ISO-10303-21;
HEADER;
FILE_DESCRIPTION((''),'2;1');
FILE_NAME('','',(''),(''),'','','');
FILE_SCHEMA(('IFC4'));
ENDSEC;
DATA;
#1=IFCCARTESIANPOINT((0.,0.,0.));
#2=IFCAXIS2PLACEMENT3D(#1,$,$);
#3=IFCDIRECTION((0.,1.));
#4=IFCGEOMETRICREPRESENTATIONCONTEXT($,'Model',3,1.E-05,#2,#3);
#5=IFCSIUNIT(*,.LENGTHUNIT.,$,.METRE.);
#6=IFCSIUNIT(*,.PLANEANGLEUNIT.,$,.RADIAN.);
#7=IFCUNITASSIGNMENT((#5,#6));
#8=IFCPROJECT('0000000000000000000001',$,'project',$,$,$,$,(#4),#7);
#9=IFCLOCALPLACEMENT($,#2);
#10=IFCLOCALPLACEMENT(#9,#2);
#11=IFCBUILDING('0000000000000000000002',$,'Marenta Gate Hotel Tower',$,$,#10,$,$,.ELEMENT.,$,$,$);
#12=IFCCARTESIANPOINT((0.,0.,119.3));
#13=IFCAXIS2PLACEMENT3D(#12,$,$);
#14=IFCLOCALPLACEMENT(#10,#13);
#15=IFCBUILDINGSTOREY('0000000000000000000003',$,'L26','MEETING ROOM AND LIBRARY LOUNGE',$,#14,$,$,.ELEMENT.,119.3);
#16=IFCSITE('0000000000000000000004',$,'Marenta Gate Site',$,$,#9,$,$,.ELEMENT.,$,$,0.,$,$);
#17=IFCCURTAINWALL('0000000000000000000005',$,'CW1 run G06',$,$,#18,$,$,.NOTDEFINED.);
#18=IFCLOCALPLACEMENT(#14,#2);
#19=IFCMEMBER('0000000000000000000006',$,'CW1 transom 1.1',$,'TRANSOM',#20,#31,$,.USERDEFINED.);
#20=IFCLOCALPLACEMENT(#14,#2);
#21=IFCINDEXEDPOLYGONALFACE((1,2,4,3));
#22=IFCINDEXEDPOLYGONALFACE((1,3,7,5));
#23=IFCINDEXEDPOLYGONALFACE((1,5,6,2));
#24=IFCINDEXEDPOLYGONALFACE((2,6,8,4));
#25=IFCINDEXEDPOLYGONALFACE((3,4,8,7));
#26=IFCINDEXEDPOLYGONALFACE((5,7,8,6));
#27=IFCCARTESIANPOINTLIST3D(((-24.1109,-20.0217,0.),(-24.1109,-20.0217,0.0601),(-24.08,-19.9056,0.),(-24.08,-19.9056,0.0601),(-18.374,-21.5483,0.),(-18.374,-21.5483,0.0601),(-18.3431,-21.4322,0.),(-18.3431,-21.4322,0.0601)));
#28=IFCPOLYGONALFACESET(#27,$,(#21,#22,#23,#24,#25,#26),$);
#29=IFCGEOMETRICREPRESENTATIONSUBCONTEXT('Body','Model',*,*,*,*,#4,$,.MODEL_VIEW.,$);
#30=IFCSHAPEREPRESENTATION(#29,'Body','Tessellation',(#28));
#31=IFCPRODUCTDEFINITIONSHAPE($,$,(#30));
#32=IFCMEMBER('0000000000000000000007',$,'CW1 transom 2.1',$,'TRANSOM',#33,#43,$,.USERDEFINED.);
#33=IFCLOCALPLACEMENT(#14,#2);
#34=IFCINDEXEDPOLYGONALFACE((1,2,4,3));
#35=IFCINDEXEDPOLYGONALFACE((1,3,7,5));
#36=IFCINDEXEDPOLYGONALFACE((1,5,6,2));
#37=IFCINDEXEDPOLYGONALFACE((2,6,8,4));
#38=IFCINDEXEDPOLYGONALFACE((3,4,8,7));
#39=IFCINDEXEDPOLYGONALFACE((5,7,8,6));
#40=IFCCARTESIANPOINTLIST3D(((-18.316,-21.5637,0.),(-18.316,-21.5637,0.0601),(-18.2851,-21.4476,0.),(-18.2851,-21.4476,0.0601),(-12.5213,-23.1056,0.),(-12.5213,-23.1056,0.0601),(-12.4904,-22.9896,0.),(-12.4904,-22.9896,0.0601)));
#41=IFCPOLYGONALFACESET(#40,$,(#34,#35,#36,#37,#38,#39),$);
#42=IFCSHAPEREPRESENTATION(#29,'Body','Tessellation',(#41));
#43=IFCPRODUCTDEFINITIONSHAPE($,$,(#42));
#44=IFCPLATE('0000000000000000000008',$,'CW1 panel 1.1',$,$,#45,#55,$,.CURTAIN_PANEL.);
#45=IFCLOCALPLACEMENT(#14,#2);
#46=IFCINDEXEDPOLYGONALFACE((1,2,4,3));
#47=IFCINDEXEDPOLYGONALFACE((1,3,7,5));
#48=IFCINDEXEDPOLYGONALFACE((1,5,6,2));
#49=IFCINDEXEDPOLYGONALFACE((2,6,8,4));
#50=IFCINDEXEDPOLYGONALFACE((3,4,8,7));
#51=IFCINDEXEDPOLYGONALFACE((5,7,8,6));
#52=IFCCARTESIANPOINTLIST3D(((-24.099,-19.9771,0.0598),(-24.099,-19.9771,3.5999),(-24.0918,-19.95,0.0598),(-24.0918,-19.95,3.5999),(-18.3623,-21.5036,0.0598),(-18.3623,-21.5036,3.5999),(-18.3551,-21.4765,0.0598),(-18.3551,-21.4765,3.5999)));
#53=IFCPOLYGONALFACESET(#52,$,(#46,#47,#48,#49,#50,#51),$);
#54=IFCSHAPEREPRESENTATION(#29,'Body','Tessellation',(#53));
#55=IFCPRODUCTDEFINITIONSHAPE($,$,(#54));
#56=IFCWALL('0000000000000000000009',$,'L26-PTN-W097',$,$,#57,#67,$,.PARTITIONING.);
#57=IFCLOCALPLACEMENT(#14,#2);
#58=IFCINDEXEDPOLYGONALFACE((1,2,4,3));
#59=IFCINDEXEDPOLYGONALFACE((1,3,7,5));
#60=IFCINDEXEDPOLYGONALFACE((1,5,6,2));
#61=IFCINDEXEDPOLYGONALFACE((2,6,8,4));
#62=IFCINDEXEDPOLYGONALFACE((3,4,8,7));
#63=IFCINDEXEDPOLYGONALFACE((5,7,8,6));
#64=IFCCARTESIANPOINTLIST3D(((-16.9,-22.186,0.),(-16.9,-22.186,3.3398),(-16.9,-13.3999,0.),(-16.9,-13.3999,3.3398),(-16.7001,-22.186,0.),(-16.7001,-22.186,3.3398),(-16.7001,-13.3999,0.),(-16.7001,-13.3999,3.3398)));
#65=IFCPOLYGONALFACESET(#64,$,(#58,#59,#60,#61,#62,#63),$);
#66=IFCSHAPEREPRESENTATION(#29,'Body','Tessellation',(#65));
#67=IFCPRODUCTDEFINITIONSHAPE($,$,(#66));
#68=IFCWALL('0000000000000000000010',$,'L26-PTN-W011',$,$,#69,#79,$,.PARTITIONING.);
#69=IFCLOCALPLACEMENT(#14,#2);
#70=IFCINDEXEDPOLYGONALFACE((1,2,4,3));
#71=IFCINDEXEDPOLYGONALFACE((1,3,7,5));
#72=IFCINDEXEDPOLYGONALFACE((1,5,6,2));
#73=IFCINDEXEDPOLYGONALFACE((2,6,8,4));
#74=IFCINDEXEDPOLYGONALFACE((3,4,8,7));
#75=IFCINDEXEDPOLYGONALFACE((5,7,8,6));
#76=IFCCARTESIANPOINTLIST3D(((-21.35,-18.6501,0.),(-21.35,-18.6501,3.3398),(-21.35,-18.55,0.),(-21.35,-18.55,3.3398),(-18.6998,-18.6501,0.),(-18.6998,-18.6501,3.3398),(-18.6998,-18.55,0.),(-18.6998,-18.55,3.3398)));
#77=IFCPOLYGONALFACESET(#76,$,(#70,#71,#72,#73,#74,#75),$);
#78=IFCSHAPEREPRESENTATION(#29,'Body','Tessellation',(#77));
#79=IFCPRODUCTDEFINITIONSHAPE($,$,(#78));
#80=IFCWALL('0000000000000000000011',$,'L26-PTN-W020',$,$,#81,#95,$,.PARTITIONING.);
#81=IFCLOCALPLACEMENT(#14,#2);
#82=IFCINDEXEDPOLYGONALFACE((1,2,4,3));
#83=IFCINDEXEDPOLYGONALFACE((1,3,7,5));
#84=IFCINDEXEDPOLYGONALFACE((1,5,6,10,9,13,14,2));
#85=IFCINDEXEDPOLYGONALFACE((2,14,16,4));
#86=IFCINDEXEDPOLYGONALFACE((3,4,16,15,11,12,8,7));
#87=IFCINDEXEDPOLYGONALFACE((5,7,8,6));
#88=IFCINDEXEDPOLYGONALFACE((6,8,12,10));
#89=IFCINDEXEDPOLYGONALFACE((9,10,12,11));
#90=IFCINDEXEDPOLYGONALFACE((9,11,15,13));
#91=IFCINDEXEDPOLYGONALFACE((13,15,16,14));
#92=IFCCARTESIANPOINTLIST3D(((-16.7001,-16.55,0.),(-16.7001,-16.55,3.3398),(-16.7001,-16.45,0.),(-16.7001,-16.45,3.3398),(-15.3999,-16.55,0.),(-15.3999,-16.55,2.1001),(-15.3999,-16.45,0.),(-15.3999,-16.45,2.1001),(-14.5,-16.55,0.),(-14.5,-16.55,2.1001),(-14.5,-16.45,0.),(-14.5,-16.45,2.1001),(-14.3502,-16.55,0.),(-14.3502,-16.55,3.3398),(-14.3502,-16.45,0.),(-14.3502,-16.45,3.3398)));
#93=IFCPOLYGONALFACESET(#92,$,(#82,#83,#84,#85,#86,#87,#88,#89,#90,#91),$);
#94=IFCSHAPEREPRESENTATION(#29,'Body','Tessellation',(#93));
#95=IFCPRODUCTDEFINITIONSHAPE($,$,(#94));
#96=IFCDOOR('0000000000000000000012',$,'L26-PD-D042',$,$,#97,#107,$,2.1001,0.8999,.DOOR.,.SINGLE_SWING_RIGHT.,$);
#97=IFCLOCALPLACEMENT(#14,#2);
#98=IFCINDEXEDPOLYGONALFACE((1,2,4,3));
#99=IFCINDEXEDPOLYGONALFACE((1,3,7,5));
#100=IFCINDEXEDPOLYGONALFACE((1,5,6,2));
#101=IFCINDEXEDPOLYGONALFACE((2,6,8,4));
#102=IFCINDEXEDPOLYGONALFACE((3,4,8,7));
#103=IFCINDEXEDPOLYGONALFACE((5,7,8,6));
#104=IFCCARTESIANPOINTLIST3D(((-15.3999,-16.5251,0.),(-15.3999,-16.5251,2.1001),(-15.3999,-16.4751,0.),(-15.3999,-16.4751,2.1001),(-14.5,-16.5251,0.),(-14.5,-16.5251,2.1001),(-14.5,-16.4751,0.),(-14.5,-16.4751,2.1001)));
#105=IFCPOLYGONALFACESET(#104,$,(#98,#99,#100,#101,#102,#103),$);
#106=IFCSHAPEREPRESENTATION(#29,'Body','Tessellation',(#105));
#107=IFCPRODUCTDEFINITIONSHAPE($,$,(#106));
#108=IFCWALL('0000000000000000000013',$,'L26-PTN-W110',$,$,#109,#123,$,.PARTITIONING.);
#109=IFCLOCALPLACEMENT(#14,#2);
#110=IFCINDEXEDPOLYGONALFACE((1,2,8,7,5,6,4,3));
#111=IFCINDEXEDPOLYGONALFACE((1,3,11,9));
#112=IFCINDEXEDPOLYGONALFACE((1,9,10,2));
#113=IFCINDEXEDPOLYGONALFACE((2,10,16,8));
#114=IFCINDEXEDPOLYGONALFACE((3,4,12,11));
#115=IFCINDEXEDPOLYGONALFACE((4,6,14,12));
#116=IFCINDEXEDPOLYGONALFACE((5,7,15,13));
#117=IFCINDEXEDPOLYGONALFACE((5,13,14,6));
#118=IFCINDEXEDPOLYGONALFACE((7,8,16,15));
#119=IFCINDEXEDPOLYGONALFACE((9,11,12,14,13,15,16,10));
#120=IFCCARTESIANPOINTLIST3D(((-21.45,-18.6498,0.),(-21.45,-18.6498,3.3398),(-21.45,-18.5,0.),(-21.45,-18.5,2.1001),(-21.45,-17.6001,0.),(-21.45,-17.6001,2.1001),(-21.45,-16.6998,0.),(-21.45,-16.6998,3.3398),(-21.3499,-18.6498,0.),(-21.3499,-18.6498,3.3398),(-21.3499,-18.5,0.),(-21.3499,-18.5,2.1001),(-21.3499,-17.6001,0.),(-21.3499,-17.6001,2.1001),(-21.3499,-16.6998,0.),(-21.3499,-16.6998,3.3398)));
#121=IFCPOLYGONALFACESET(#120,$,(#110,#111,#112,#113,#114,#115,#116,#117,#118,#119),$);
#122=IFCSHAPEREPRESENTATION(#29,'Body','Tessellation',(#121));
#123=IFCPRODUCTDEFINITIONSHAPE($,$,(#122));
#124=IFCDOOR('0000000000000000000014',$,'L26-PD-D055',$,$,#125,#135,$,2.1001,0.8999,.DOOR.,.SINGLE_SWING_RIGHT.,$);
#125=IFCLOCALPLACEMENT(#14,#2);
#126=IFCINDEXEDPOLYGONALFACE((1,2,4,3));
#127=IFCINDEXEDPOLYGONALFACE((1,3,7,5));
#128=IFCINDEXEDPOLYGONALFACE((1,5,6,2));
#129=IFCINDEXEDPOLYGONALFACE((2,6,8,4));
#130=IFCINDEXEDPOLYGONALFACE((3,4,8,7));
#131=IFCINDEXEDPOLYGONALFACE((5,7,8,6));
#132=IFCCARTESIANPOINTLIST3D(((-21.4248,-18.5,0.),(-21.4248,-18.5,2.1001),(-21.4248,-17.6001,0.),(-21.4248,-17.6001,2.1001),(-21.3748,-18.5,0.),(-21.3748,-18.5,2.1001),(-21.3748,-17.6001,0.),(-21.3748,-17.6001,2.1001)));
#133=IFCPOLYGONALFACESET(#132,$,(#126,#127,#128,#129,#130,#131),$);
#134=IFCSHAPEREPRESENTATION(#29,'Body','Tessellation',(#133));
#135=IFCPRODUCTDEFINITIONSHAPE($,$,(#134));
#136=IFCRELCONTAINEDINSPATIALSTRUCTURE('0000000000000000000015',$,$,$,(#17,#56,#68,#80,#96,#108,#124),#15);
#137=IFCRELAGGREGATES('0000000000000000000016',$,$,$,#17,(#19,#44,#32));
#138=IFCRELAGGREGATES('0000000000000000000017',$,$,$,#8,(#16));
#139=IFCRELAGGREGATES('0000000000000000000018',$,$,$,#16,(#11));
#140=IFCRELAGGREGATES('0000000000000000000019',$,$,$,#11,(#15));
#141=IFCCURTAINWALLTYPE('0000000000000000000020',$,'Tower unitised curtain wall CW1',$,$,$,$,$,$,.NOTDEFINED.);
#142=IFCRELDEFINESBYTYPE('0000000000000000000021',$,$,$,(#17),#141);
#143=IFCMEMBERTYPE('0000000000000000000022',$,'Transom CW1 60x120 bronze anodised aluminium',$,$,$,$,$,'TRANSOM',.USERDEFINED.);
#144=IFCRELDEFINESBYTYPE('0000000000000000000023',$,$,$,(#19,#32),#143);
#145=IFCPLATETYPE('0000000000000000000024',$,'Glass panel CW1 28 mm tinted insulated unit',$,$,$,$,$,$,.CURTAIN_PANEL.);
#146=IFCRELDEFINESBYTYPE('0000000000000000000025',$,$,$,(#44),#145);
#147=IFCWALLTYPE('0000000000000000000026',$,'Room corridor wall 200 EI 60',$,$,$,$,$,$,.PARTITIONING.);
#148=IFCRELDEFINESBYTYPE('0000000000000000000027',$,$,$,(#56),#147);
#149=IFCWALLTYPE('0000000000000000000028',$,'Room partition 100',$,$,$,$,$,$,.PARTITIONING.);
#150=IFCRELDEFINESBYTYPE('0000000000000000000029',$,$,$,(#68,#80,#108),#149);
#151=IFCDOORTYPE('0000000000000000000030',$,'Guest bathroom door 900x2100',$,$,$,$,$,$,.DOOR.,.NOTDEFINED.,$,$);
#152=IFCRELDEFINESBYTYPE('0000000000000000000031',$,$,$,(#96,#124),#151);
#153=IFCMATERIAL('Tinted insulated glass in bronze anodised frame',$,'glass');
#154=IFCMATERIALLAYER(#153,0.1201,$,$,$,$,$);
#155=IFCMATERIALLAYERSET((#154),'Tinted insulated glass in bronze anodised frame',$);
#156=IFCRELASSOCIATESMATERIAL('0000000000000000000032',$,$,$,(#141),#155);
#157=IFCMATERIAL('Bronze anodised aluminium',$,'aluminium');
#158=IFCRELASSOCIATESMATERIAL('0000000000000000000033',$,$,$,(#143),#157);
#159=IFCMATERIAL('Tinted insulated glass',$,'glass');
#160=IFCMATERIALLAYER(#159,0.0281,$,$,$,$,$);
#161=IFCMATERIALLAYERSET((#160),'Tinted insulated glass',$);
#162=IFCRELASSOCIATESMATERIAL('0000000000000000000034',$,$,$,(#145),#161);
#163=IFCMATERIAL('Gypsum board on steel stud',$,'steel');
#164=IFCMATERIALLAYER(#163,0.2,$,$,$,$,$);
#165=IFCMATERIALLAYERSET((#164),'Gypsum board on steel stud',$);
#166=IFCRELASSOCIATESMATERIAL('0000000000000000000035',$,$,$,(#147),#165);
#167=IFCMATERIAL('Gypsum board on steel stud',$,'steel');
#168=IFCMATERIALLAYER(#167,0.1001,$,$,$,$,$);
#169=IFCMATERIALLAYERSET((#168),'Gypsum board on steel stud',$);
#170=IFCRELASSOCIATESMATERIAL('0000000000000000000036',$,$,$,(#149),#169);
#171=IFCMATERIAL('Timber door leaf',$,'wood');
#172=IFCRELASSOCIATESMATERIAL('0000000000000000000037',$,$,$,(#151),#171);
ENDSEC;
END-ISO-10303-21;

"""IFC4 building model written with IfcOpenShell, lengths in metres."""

from ifc_helpers import new_model, si_unit, direction, frame, frame_2d, origin, origin_2d, place, context, subcontext, project, spatial, rectangle, extrude, material, layer, layer_set, material_profile, profile_set, type_object, element, fill, aggregate, save


model = new_model("IFC4")

# Units and contexts
model_context = context("Model", 3, precision=1e-05, world=origin(), true_north=direction((0.0, 1.0)))
body_context = subcontext(model_context, "Body", "Model", "MODEL_VIEW")
ifc_project = project(units=[si_unit("LENGTHUNIT", "METRE"), si_unit("PLANEANGLEUNIT", "RADIAN")], contexts=[model_context])

# Site, building, storey
site_placement = place(None, origin())
site = spatial("IfcSite", under=ifc_project, at=site_placement, Name="Marenta Gate Site", CompositionType="ELEMENT", RefElevation=0.0)
building_placement = place(site_placement, origin())
building = spatial("IfcBuilding", under=site, at=building_placement, Name="Marenta Gate Hotel Tower", CompositionType="ELEMENT")
storey_placement = place(building_placement, frame((0.0, 0.0, 119.3)))
storey = spatial("IfcBuildingStorey", under=building, at=storey_placement, Name="L26", Description="MEETING ROOM AND LIBRARY LOUNGE", CompositionType="ELEMENT", Elevation=119.3)

# Curtain wall, members, plate
ifc_material_1 = material(Name="Tinted insulated glass in bronze anodised frame", Category="glass")
ifc_layer_1 = layer(ifc_material_1, 0.1201)
ifc_layer_set_1 = layer_set([ifc_layer_1], Name="Tinted insulated glass in bronze anodised frame")
curtain_wall_type = type_object("IfcCurtainWallType", Name="Tower unitised curtain wall CW1", PredefinedType="NOTDEFINED", material=ifc_layer_set_1)
curtain_wall_placement = place(storey_placement, origin())
curtain_wall = element("IfcCurtainWall", 1, at=curtain_wall_placement, inside=storey, type_object=curtain_wall_type, Name="CW1 run G06", PredefinedType="NOTDEFINED")
ifc_material_2 = material(Name="Bronze anodised aluminium", Category="aluminium")
ifc_material_profile_1 = material_profile(ifc_material_2, rectangle(XDim=0.1201, YDim=0.0601, at=origin_2d()), Name="Transom CW1 60x120 bronze anodised aluminium")
ifc_profile_set_1 = profile_set([ifc_material_profile_1], Name="Bronze anodised aluminium")
member_type_1 = type_object("IfcMemberType", Name="Transom CW1 60x120 bronze anodised aluminium", ElementType="TRANSOM", PredefinedType="USERDEFINED", material=ifc_profile_set_1)
member_1_placement = place(storey_placement, frame((-24.0955, -19.9636, 0.03), z_axis=(0.966369, -0.257158, 0.0), x_axis=(0.257158, 0.966369, 0.0)))
member_1 = element("IfcMember", 2, at=member_1_placement, type_object=member_type_1, Name="CW1 transom 1.1", ObjectType="TRANSOM", PredefinedType="USERDEFINED", context=body_context, shape_type="SweptSolid", body=[
    extrude(rectangle(XDim=0.1201, YDim=0.0601, at=origin_2d()), origin(), (0.0, 0.0, 1.0), 5.9365),
])
member_2_placement = place(storey_placement, frame((-18.3005, -21.5056, 0.03), z_axis=(0.96637, -0.257156, 0.0), x_axis=(0.257156, 0.96637, 0.0)))
member_2 = element("IfcMember", 3, at=member_2_placement, type_object=member_type_1, Name="CW1 transom 2.1", ObjectType="TRANSOM", PredefinedType="USERDEFINED", context=body_context, shape_type="SweptSolid", body=[
    extrude(rectangle(XDim=0.1201, YDim=0.0601, at=origin_2d()), origin(), (0.0, 0.0, 1.0), 5.9963),
])
ifc_material_3 = material(Name="Tinted insulated glass", Category="glass")
ifc_layer_2 = layer(ifc_material_3, 0.0281)
ifc_layer_set_2 = layer_set([ifc_layer_2], Name="Tinted insulated glass")
plate_type = type_object("IfcPlateType", Name="Glass panel CW1 28 mm tinted insulated unit", PredefinedType="CURTAIN_PANEL", material=ifc_layer_set_2)
plate_placement = place(storey_placement, frame((-21.2271, -20.7268, 0.0598), z_axis=(0.0, 0.0, 1.0), x_axis=(0.966373, -0.257144, 0.0)))
plate = element("IfcPlate", 4, at=plate_placement, type_object=plate_type, Name="CW1 panel 1.1", PredefinedType="CURTAIN_PANEL", context=body_context, shape_type="SweptSolid", body=[
    extrude(rectangle(XDim=5.9363, YDim=0.0281, at=origin_2d()), origin(), (0.0, 0.0, 1.0), 3.54),
])
aggregate(curtain_wall, [member_1, plate, member_2])

# Shared definitions
ifc_material_4 = material(Name="Gypsum board on steel stud", Category="steel")
ifc_layer_3 = layer(ifc_material_4, 0.2)
ifc_layer_set_3 = layer_set([ifc_layer_3], Name="Gypsum board on steel stud")
wall_type_1 = type_object("IfcWallType", Name="Room corridor wall 200 EI 60", PredefinedType="PARTITIONING", material=ifc_layer_set_3)

# Wall
wall_1_placement = place(storey_placement, frame((-16.8, -22.186, 0.0), z_axis=(0.0, 0.0, 1.0), x_axis=(0.0, 1.0, 0.0)))
element("IfcWall", 5, at=wall_1_placement, inside=storey, type_object=wall_type_1, Name="L26-PTN-W097", PredefinedType="PARTITIONING", context=body_context, shape_type="SweptSolid", body=[
    extrude(rectangle(XDim=8.7861, YDim=0.2, at=frame_2d((4.3931, 0.0))), origin(), (0.0, 0.0, 1.0), 3.3398),
])

# Wall
ifc_material_5 = material(Name="Gypsum board on steel stud", Category="steel")
ifc_layer_4 = layer(ifc_material_5, 0.1001)
ifc_layer_set_4 = layer_set([ifc_layer_4], Name="Gypsum board on steel stud")
wall_type_2 = type_object("IfcWallType", Name="Room partition 100", PredefinedType="PARTITIONING", material=ifc_layer_set_4)
wall_2_placement = place(storey_placement, frame((-21.3501, -18.6001, 0.0), z_axis=(0.0, 0.0, 1.0), x_axis=(1.0, 0.0, 0.0)))
element("IfcWall", 6, at=wall_2_placement, inside=storey, type_object=wall_type_2, Name="L26-PTN-W011", PredefinedType="PARTITIONING", context=body_context, shape_type="SweptSolid", body=[
    extrude(rectangle(XDim=2.6501, YDim=0.1001, at=frame_2d((1.3252, 0.0))), origin(), (0.0, 0.0, 1.0), 3.3398),
])

# Walls, openings, doors
wall_3_placement = place(storey_placement, frame((-16.7, -16.5, 0.0), z_axis=(0.0, 0.0, 1.0), x_axis=(1.0, 0.0, 0.0)))
wall_3 = element("IfcWall", 7, at=wall_3_placement, inside=storey, type_object=wall_type_2, Name="L26-PTN-W020", PredefinedType="PARTITIONING", context=body_context, shape_type="SweptSolid", body=[
    extrude(rectangle(XDim=2.3499, YDim=0.1001, at=frame_2d((1.1748, 0.0))), origin(), (0.0, 0.0, 1.0), 3.3398),
])
opening_1_placement = place(wall_3_placement, frame((1.3, 0.0, 0.0)))
opening_1 = element("IfcOpeningElement", 8, at=opening_1_placement, cuts=wall_3, PredefinedType="OPENING", context=body_context, shape_type="SweptSolid", body=[
    extrude(rectangle(XDim=0.8999, YDim=2.1001, at=frame_2d((0.45, 1.05))), frame((0.0, 0.05, 0.0), z_axis=(0.0, -1.0, 0.0), x_axis=(1.0, 0.0, 0.0)), (0.0, 0.0, 1.0), 0.1001),
])
ifc_material_6 = material(Name="Timber door leaf", Category="wood")
door_type_1 = type_object("IfcDoorType", Name="Guest bathroom door 900x2100", OperationType="NOTDEFINED", PredefinedType="DOOR", material=ifc_material_6)
door_1_placement = place(opening_1_placement, origin())
door_1 = element("IfcDoor", 9, at=door_1_placement, inside=storey, type_object=door_type_1, Name="L26-PD-D042", OperationType="SINGLE_SWING_RIGHT", OverallHeight=2.1001, OverallWidth=0.8999, PredefinedType="DOOR", context=body_context, shape_type="SweptSolid", body=[
    extrude(rectangle(XDim=0.8999, YDim=2.1001, at=frame_2d((0.45, 1.05))), frame((0.0, 0.0249, 0.0), z_axis=(0.0, -1.0, 0.0), x_axis=(1.0, 0.0, 0.0)), (0.0, 0.0, 1.0), 0.05),
])
fill(opening_1, door_1)
wall_4_placement = place(storey_placement, frame((-21.3999, -18.6499, 0.0), z_axis=(0.0, 0.0, 1.0), x_axis=(0.0, 1.0, 0.0)))
wall_4 = element("IfcWall", 10, at=wall_4_placement, inside=storey, type_object=wall_type_2, Name="L26-PTN-W110", PredefinedType="PARTITIONING", context=body_context, shape_type="SweptSolid", body=[
    extrude(rectangle(XDim=1.95, YDim=0.1001, at=frame_2d((0.9751, 0.0))), origin(), (0.0, 0.0, 1.0), 3.3398),
])
opening_2_placement = place(wall_4_placement, frame((0.1499, 0.0, 0.0)))
opening_2 = element("IfcOpeningElement", 11, at=opening_2_placement, cuts=wall_4, PredefinedType="OPENING", context=body_context, shape_type="SweptSolid", body=[
    extrude(rectangle(XDim=0.8999, YDim=2.1001, at=frame_2d((0.45, 1.05))), frame((0.0, 0.05, 0.0), z_axis=(0.0, -1.0, 0.0), x_axis=(1.0, 0.0, 0.0)), (0.0, 0.0, 1.0), 0.1001),
])
door_2_placement = place(opening_2_placement, origin())
door_2 = element("IfcDoor", 12, at=door_2_placement, inside=storey, type_object=door_type_1, Name="L26-PD-D055", OperationType="SINGLE_SWING_RIGHT", OverallHeight=2.1001, OverallWidth=0.8999, PredefinedType="DOOR", context=body_context, shape_type="SweptSolid", body=[
    extrude(rectangle(XDim=0.8999, YDim=2.1001, at=frame_2d((0.45, 1.05))), frame((0.0, 0.0249, 0.0), z_axis=(0.0, -1.0, 0.0), x_axis=(1.0, 0.0, 0.0)), (0.0, 0.0, 1.0), 0.05),
])
fill(opening_2, door_2)

save(model, "model.ifc")
